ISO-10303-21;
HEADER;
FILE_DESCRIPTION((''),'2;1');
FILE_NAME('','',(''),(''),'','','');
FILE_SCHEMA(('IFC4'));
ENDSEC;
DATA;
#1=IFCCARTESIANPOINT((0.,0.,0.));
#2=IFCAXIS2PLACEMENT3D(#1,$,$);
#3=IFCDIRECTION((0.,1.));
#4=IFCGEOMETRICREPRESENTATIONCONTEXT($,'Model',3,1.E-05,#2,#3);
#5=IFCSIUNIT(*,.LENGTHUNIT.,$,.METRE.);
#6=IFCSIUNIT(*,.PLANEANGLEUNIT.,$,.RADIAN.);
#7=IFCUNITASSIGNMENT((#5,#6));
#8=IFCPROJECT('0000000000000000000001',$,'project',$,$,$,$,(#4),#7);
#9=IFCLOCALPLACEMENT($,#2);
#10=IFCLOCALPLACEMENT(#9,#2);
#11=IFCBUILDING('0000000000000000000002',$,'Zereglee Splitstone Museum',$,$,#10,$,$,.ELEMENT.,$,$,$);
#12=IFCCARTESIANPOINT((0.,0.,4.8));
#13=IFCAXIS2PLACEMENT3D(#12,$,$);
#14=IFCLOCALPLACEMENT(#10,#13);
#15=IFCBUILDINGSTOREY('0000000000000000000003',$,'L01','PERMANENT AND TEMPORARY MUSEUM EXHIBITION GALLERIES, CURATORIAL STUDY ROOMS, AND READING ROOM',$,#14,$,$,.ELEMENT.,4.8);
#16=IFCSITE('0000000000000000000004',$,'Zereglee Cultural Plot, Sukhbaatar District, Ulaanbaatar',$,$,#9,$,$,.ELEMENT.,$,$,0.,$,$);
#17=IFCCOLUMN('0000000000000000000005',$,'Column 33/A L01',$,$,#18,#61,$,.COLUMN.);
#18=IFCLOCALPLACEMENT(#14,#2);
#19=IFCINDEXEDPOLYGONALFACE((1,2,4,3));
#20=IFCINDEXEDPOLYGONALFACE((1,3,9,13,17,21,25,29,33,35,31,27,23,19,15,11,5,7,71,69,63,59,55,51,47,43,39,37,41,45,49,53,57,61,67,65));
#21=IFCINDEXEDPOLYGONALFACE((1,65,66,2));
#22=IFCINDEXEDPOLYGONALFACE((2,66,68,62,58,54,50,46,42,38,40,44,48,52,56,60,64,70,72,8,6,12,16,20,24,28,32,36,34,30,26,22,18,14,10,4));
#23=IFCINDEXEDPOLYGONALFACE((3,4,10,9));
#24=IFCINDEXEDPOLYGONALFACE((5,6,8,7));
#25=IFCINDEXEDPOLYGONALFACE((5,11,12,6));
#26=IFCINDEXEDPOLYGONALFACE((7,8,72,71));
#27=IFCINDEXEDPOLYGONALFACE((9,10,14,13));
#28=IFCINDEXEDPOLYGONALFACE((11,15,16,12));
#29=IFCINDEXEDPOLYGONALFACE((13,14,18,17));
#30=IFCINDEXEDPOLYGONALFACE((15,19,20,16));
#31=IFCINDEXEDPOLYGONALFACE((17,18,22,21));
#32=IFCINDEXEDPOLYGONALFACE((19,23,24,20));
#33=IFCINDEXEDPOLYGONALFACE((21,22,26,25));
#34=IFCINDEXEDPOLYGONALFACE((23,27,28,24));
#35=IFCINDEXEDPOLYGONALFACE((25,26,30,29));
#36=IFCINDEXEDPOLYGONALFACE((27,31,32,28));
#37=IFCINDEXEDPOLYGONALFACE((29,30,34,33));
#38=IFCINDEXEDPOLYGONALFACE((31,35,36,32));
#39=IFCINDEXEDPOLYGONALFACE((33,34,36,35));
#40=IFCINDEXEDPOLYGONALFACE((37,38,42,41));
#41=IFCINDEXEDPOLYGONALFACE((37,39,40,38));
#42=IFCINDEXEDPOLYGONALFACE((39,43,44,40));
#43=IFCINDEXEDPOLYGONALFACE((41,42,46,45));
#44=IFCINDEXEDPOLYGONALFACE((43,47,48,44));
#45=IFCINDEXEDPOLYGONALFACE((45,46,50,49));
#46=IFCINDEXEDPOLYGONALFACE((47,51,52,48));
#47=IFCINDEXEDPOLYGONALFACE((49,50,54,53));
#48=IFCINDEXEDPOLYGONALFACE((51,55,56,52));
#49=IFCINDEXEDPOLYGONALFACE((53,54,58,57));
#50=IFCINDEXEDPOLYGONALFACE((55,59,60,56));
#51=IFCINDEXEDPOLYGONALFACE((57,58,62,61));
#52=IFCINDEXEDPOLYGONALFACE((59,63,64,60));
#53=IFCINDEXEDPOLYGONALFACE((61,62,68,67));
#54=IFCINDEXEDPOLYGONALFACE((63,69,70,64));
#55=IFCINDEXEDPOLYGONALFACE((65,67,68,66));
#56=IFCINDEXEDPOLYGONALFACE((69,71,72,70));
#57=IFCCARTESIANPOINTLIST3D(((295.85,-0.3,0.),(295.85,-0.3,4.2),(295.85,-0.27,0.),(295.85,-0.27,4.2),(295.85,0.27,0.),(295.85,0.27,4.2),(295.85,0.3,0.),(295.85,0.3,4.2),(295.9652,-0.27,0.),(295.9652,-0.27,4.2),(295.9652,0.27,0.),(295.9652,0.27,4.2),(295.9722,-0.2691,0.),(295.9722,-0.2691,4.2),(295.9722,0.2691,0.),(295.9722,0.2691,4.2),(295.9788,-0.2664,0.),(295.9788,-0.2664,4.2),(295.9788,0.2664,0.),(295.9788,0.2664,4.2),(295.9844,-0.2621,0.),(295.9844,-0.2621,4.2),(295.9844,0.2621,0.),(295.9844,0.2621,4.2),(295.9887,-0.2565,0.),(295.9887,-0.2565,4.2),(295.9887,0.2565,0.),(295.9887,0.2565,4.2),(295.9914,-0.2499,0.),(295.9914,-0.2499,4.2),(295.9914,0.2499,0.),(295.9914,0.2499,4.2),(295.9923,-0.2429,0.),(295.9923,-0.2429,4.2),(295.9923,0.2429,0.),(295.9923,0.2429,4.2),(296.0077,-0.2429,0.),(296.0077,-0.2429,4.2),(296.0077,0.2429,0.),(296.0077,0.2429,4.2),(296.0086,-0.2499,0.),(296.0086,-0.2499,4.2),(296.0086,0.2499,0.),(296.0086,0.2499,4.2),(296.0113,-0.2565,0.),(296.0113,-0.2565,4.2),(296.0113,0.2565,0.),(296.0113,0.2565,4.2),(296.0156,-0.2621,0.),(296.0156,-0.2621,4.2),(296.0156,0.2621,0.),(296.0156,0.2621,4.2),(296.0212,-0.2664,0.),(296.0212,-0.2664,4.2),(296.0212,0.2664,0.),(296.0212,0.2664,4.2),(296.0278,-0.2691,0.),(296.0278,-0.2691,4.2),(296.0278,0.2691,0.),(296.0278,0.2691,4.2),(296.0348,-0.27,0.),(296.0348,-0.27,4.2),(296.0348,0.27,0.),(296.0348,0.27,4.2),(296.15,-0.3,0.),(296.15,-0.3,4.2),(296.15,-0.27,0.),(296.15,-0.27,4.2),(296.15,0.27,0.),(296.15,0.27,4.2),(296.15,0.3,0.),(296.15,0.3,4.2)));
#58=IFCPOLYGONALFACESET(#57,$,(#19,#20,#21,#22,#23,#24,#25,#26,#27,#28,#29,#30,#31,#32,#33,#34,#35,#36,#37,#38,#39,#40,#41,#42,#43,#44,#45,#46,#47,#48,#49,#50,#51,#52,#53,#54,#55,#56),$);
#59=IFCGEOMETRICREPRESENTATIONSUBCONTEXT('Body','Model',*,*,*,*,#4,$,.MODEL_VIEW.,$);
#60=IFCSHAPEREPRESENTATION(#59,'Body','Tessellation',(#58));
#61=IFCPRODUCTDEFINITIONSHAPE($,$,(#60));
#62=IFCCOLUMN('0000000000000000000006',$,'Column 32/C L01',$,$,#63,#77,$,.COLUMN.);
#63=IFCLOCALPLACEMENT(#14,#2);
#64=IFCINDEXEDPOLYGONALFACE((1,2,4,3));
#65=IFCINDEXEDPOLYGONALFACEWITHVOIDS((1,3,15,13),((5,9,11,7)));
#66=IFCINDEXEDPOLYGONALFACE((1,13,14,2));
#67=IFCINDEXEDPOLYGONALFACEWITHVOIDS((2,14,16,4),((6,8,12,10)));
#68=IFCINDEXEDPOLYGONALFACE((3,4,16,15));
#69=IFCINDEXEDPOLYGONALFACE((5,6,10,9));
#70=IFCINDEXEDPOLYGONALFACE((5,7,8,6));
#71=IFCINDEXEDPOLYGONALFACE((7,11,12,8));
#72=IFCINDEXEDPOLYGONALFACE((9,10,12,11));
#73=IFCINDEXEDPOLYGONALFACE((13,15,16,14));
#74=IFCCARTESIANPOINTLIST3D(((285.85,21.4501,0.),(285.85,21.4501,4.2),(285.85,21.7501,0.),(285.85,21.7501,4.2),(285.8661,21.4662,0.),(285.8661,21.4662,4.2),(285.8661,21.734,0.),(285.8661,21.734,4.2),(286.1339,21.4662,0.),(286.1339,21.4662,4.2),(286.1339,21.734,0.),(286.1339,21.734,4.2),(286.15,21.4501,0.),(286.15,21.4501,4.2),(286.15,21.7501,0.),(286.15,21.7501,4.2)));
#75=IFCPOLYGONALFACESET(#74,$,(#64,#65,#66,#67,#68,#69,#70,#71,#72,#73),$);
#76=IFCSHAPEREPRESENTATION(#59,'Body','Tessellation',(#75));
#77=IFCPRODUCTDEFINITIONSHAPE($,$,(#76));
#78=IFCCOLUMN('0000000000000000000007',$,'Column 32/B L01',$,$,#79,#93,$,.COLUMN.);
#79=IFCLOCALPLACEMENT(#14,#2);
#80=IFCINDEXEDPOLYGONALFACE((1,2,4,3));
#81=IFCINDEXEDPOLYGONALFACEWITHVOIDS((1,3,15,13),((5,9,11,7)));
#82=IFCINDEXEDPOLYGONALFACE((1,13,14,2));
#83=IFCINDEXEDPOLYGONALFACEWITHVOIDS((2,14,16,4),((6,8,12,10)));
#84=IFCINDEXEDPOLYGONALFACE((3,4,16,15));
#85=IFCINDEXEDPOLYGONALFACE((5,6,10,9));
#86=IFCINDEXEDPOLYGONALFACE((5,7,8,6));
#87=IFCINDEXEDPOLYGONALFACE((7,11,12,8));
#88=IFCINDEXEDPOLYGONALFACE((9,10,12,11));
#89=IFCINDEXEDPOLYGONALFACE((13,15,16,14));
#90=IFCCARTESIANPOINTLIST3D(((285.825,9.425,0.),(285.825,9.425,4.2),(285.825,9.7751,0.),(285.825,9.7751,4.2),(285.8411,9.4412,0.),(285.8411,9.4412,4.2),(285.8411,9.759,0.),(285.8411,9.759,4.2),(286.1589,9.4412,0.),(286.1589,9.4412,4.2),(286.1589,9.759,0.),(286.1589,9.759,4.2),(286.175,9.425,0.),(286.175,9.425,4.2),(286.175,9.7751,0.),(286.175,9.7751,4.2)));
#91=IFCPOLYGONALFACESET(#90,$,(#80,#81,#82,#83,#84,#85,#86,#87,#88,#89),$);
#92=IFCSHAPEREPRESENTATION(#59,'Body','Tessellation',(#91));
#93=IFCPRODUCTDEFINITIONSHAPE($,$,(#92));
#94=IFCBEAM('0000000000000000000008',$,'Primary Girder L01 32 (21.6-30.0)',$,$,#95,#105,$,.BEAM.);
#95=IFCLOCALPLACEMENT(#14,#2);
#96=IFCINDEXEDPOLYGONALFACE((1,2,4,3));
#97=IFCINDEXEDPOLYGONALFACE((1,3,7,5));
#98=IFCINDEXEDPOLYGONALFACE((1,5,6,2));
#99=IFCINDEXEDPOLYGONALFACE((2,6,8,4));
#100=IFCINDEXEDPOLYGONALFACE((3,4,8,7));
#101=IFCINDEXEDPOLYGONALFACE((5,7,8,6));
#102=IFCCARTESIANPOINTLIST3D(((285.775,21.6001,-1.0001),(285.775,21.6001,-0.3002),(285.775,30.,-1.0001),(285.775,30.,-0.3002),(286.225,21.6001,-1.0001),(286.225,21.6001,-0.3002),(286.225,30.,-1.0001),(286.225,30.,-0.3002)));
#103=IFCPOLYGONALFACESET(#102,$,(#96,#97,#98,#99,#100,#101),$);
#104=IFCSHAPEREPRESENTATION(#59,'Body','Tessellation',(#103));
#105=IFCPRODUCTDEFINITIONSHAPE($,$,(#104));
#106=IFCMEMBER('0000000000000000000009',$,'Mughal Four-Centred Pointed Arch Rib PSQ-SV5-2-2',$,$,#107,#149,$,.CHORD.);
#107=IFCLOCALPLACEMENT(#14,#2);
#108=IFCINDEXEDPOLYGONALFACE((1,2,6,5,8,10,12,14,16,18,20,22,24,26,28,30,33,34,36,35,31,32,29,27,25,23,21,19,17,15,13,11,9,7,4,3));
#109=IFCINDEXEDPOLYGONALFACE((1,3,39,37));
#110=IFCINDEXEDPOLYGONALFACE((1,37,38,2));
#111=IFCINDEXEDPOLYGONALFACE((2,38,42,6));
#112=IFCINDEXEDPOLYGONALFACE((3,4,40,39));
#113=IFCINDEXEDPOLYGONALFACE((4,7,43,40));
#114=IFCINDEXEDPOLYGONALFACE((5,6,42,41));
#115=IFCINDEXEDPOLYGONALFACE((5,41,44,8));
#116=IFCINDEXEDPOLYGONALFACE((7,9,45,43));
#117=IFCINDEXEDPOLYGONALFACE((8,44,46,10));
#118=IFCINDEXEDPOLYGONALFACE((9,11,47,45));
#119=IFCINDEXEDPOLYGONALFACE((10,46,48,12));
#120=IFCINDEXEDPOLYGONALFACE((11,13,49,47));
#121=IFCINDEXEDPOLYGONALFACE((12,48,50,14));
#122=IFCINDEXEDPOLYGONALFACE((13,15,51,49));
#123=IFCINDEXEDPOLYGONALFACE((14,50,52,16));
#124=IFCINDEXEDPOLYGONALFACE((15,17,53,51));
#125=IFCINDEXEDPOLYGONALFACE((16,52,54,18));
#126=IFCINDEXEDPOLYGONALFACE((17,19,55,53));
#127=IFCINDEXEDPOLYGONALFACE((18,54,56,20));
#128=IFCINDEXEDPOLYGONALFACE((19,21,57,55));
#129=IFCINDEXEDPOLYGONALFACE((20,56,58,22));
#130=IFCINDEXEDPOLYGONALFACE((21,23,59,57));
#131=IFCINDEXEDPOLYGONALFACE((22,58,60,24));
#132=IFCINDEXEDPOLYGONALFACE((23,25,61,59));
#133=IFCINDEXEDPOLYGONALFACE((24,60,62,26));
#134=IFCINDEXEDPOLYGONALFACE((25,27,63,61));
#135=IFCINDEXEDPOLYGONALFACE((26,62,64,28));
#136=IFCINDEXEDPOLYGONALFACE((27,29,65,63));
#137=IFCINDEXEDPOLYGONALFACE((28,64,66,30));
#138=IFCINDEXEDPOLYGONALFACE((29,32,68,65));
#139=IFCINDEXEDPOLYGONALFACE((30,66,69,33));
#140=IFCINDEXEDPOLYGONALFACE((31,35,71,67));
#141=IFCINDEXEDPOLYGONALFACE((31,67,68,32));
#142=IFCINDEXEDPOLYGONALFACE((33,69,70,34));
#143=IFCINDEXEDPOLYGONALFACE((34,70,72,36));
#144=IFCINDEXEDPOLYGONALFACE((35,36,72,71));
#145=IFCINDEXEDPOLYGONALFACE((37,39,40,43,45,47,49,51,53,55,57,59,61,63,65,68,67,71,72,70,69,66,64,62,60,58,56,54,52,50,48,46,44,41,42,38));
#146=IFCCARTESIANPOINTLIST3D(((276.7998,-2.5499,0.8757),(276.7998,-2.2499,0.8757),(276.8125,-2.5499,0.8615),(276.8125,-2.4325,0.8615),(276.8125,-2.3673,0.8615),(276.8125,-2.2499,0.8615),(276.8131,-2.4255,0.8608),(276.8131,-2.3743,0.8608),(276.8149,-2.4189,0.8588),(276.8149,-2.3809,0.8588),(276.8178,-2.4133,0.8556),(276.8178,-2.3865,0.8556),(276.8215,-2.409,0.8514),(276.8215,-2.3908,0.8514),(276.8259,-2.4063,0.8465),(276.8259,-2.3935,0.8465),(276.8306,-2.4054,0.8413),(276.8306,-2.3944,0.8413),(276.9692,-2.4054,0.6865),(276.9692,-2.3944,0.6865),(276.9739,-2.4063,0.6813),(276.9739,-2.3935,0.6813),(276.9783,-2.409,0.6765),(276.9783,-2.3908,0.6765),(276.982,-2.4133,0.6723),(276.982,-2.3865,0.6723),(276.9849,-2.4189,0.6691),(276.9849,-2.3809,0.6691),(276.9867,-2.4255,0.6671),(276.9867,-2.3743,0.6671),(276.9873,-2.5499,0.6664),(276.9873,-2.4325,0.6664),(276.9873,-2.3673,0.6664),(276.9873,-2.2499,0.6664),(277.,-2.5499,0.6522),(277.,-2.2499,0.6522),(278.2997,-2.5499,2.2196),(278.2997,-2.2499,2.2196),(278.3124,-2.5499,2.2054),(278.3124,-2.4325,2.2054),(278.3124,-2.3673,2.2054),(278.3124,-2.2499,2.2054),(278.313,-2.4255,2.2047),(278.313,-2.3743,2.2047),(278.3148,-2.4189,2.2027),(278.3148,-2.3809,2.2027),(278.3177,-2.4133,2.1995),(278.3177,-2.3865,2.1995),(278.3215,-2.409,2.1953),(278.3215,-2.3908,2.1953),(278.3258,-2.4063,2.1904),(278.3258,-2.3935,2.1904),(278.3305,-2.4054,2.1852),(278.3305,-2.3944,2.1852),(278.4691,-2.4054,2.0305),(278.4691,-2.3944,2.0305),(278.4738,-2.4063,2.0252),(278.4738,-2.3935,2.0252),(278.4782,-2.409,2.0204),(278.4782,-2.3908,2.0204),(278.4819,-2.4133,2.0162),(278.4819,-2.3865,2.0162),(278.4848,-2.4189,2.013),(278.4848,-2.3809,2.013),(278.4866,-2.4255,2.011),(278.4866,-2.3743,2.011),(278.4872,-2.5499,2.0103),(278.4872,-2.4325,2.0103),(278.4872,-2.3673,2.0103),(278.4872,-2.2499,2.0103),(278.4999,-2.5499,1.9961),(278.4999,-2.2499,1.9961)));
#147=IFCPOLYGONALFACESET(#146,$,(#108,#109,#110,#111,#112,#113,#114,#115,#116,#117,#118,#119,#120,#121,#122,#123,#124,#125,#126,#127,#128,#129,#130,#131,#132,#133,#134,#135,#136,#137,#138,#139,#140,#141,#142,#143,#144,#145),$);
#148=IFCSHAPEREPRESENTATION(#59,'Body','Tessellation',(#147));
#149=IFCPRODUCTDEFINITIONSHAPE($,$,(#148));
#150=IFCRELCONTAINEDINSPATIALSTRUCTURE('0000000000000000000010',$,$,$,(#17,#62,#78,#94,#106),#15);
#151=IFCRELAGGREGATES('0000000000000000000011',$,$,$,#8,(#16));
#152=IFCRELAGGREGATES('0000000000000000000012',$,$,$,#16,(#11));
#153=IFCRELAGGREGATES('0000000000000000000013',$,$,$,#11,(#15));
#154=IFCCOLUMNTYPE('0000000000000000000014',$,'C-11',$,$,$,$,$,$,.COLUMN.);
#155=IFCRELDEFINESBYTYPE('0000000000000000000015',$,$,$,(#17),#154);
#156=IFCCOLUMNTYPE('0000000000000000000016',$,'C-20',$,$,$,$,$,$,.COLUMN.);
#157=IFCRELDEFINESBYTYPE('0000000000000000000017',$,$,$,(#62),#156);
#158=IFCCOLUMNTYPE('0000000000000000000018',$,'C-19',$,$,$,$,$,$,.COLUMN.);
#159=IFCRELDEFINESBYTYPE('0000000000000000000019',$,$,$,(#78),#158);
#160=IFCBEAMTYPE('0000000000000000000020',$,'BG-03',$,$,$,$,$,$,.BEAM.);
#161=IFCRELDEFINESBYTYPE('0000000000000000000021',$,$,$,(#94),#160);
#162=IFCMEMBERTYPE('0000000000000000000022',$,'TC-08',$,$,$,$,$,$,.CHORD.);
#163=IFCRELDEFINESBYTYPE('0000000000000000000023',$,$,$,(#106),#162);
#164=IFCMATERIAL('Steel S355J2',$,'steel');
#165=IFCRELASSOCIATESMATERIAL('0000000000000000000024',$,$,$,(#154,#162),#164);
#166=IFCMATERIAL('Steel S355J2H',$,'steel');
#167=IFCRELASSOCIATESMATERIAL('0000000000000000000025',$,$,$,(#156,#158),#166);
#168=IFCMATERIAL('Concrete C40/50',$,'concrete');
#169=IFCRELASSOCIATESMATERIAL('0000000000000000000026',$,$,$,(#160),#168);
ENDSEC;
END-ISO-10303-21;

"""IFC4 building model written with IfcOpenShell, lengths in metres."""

from ifc_helpers import new_model, si_unit, direction, frame, origin, origin_2d, place, context, subcontext, project, spatial, rectangle, hollow_rectangle, i_section, extrude, material, material_profile, profile_set, type_object, element, save


model = new_model("IFC4")

# Units and contexts
model_context = context("Model", 3, precision=1e-05, world=origin(), true_north=direction((0.0, 1.0)))
body_context = subcontext(model_context, "Body", "Model", "MODEL_VIEW")
ifc_project = project(units=[si_unit("LENGTHUNIT", "METRE"), si_unit("PLANEANGLEUNIT", "RADIAN")], contexts=[model_context])

# Site, building, storey
site_placement = place(None, origin())
site = spatial("IfcSite", under=ifc_project, at=site_placement, Name="Zereglee Cultural Plot, Sukhbaatar District, Ulaanbaatar", CompositionType="ELEMENT", RefElevation=0.0)
building_placement = place(site_placement, origin())
building = spatial("IfcBuilding", under=site, at=building_placement, Name="Zereglee Splitstone Museum", CompositionType="ELEMENT")
storey_placement = place(building_placement, frame((0.0, 0.0, 4.8)))
storey = spatial("IfcBuildingStorey", under=building, at=storey_placement, Name="L01", Description="PERMANENT AND TEMPORARY MUSEUM EXHIBITION GALLERIES, CURATORIAL STUDY ROOMS, AND READING ROOM", CompositionType="ELEMENT", Elevation=4.8)

# Columns
ifc_material_1 = material(Name="Steel S355J2H", Category="steel")
ifc_material_2 = material(Name="Steel S355J2", Category="steel")
ifc_material_profile_1 = material_profile(ifc_material_2, i_section(OverallWidth=0.3, OverallDepth=0.6001, WebThickness=0.0154, FlangeThickness=0.03, FilletRadius=0.0271, at=origin_2d()), Name="HE 600 B")
ifc_profile_set_1 = profile_set([ifc_material_profile_1], Name="Steel S355J2")
column_type_1 = type_object("IfcColumnType", Name="C-11", PredefinedType="COLUMN", material=ifc_profile_set_1)
column_1_placement = place(storey_placement, frame((296.0, 0.0, 0.0), z_axis=(0.0, 0.0, 1.0), x_axis=(1.0, 0.0, 0.0)))
element("IfcColumn", 1, at=column_1_placement, inside=storey, type_object=column_type_1, Name="Column 33/A L01", PredefinedType="COLUMN", context=body_context, shape_type="SweptSolid", body=[
    extrude(i_section(OverallWidth=0.3, OverallDepth=0.6001, WebThickness=0.0154, FlangeThickness=0.03, FilletRadius=0.0271, at=origin_2d()), origin(), (0.0, 0.0, 1.0), 4.2),
])
ifc_material_profile_2 = material_profile(ifc_material_1, hollow_rectangle(XDim=0.3, YDim=0.3, WallThickness=0.0161, at=origin_2d()), Name="SHS 300x300x16")
ifc_profile_set_2 = profile_set([ifc_material_profile_2], Name="Steel S355J2H")
column_type_2 = type_object("IfcColumnType", Name="C-20", PredefinedType="COLUMN", material=ifc_profile_set_2)
column_2_placement = place(storey_placement, frame((286.0, 21.6001, 0.0), z_axis=(0.0, 0.0, 1.0), x_axis=(1.0, 0.0, 0.0)))
element("IfcColumn", 2, at=column_2_placement, inside=storey, type_object=column_type_2, Name="Column 32/C L01", PredefinedType="COLUMN", context=body_context, shape_type="SweptSolid", body=[
    extrude(hollow_rectangle(XDim=0.3, YDim=0.3, WallThickness=0.0161, at=origin_2d()), origin(), (0.0, 0.0, 1.0), 4.2),
])
ifc_material_profile_3 = material_profile(ifc_material_1, hollow_rectangle(XDim=0.3501, YDim=0.3501, WallThickness=0.0161, at=origin_2d()), Name="SHS 350x350x16")
ifc_profile_set_3 = profile_set([ifc_material_profile_3], Name="Steel S355J2H")
column_type_3 = type_object("IfcColumnType", Name="C-19", PredefinedType="COLUMN", material=ifc_profile_set_3)
column_3_placement = place(storey_placement, frame((286.0, 9.6001, 0.0), z_axis=(0.0, 0.0, 1.0), x_axis=(1.0, 0.0, 0.0)))
element("IfcColumn", 3, at=column_3_placement, inside=storey, type_object=column_type_3, Name="Column 32/B L01", PredefinedType="COLUMN", context=body_context, shape_type="SweptSolid", body=[
    extrude(hollow_rectangle(XDim=0.3501, YDim=0.3501, WallThickness=0.0161, at=origin_2d()), origin(), (0.0, 0.0, 1.0), 4.2),
])

# Beam
ifc_material_3 = material(Name="Concrete C40/50", Category="concrete")
ifc_material_profile_4 = material_profile(ifc_material_3, rectangle(XDim=0.45, YDim=0.7, at=origin_2d()), Name="RC 450x700")
ifc_profile_set_4 = profile_set([ifc_material_profile_4], Name="Concrete C40/50")
beam_type_1 = type_object("IfcBeamType", Name="BG-03", PredefinedType="BEAM", material=ifc_profile_set_4)
beam_1_placement = place(storey_placement, frame((286.0, 21.6001, -0.6501), z_axis=(0.0, 1.0, 0.0), x_axis=(-1.0, 0.0, 0.0)))
element("IfcBeam", 4, at=beam_1_placement, inside=storey, type_object=beam_type_1, Name="Primary Girder L01 32 (21.6-30.0)", PredefinedType="BEAM", context=body_context, shape_type="SweptSolid", body=[
    extrude(rectangle(XDim=0.45, YDim=0.7, at=origin_2d()), origin(), (0.0, 0.0, 1.0), 8.3999),
])

# Member
ifc_material_profile_5 = material_profile(ifc_material_2, i_section(OverallWidth=0.3, OverallDepth=0.3, WebThickness=0.011, FlangeThickness=0.019, FilletRadius=0.0271, at=origin_2d()), Name="HE 300 B")
ifc_profile_set_5 = profile_set([ifc_material_profile_5], Name="Steel S355J2")
member_type_1 = type_object("IfcMemberType", Name="TC-08", PredefinedType="CHORD", material=ifc_profile_set_5)
member_1_placement = place(storey_placement, frame((276.8999, -2.3999, 0.7639), z_axis=(0.744775, 0.0, 0.667316), x_axis=(0.0, 1.0, 0.0)))
element("IfcMember", 5, at=member_1_placement, inside=storey, type_object=member_type_1, Name="Mughal Four-Centred Pointed Arch Rib PSQ-SV5-2-2", PredefinedType="CHORD", context=body_context, shape_type="SweptSolid", body=[
    extrude(i_section(OverallWidth=0.3, OverallDepth=0.3, WebThickness=0.011, FlangeThickness=0.019, FilletRadius=0.0271, at=origin_2d()), origin(), (0.0, 0.0, 1.0), 2.0139),
])

save(model, "model.ifc")
